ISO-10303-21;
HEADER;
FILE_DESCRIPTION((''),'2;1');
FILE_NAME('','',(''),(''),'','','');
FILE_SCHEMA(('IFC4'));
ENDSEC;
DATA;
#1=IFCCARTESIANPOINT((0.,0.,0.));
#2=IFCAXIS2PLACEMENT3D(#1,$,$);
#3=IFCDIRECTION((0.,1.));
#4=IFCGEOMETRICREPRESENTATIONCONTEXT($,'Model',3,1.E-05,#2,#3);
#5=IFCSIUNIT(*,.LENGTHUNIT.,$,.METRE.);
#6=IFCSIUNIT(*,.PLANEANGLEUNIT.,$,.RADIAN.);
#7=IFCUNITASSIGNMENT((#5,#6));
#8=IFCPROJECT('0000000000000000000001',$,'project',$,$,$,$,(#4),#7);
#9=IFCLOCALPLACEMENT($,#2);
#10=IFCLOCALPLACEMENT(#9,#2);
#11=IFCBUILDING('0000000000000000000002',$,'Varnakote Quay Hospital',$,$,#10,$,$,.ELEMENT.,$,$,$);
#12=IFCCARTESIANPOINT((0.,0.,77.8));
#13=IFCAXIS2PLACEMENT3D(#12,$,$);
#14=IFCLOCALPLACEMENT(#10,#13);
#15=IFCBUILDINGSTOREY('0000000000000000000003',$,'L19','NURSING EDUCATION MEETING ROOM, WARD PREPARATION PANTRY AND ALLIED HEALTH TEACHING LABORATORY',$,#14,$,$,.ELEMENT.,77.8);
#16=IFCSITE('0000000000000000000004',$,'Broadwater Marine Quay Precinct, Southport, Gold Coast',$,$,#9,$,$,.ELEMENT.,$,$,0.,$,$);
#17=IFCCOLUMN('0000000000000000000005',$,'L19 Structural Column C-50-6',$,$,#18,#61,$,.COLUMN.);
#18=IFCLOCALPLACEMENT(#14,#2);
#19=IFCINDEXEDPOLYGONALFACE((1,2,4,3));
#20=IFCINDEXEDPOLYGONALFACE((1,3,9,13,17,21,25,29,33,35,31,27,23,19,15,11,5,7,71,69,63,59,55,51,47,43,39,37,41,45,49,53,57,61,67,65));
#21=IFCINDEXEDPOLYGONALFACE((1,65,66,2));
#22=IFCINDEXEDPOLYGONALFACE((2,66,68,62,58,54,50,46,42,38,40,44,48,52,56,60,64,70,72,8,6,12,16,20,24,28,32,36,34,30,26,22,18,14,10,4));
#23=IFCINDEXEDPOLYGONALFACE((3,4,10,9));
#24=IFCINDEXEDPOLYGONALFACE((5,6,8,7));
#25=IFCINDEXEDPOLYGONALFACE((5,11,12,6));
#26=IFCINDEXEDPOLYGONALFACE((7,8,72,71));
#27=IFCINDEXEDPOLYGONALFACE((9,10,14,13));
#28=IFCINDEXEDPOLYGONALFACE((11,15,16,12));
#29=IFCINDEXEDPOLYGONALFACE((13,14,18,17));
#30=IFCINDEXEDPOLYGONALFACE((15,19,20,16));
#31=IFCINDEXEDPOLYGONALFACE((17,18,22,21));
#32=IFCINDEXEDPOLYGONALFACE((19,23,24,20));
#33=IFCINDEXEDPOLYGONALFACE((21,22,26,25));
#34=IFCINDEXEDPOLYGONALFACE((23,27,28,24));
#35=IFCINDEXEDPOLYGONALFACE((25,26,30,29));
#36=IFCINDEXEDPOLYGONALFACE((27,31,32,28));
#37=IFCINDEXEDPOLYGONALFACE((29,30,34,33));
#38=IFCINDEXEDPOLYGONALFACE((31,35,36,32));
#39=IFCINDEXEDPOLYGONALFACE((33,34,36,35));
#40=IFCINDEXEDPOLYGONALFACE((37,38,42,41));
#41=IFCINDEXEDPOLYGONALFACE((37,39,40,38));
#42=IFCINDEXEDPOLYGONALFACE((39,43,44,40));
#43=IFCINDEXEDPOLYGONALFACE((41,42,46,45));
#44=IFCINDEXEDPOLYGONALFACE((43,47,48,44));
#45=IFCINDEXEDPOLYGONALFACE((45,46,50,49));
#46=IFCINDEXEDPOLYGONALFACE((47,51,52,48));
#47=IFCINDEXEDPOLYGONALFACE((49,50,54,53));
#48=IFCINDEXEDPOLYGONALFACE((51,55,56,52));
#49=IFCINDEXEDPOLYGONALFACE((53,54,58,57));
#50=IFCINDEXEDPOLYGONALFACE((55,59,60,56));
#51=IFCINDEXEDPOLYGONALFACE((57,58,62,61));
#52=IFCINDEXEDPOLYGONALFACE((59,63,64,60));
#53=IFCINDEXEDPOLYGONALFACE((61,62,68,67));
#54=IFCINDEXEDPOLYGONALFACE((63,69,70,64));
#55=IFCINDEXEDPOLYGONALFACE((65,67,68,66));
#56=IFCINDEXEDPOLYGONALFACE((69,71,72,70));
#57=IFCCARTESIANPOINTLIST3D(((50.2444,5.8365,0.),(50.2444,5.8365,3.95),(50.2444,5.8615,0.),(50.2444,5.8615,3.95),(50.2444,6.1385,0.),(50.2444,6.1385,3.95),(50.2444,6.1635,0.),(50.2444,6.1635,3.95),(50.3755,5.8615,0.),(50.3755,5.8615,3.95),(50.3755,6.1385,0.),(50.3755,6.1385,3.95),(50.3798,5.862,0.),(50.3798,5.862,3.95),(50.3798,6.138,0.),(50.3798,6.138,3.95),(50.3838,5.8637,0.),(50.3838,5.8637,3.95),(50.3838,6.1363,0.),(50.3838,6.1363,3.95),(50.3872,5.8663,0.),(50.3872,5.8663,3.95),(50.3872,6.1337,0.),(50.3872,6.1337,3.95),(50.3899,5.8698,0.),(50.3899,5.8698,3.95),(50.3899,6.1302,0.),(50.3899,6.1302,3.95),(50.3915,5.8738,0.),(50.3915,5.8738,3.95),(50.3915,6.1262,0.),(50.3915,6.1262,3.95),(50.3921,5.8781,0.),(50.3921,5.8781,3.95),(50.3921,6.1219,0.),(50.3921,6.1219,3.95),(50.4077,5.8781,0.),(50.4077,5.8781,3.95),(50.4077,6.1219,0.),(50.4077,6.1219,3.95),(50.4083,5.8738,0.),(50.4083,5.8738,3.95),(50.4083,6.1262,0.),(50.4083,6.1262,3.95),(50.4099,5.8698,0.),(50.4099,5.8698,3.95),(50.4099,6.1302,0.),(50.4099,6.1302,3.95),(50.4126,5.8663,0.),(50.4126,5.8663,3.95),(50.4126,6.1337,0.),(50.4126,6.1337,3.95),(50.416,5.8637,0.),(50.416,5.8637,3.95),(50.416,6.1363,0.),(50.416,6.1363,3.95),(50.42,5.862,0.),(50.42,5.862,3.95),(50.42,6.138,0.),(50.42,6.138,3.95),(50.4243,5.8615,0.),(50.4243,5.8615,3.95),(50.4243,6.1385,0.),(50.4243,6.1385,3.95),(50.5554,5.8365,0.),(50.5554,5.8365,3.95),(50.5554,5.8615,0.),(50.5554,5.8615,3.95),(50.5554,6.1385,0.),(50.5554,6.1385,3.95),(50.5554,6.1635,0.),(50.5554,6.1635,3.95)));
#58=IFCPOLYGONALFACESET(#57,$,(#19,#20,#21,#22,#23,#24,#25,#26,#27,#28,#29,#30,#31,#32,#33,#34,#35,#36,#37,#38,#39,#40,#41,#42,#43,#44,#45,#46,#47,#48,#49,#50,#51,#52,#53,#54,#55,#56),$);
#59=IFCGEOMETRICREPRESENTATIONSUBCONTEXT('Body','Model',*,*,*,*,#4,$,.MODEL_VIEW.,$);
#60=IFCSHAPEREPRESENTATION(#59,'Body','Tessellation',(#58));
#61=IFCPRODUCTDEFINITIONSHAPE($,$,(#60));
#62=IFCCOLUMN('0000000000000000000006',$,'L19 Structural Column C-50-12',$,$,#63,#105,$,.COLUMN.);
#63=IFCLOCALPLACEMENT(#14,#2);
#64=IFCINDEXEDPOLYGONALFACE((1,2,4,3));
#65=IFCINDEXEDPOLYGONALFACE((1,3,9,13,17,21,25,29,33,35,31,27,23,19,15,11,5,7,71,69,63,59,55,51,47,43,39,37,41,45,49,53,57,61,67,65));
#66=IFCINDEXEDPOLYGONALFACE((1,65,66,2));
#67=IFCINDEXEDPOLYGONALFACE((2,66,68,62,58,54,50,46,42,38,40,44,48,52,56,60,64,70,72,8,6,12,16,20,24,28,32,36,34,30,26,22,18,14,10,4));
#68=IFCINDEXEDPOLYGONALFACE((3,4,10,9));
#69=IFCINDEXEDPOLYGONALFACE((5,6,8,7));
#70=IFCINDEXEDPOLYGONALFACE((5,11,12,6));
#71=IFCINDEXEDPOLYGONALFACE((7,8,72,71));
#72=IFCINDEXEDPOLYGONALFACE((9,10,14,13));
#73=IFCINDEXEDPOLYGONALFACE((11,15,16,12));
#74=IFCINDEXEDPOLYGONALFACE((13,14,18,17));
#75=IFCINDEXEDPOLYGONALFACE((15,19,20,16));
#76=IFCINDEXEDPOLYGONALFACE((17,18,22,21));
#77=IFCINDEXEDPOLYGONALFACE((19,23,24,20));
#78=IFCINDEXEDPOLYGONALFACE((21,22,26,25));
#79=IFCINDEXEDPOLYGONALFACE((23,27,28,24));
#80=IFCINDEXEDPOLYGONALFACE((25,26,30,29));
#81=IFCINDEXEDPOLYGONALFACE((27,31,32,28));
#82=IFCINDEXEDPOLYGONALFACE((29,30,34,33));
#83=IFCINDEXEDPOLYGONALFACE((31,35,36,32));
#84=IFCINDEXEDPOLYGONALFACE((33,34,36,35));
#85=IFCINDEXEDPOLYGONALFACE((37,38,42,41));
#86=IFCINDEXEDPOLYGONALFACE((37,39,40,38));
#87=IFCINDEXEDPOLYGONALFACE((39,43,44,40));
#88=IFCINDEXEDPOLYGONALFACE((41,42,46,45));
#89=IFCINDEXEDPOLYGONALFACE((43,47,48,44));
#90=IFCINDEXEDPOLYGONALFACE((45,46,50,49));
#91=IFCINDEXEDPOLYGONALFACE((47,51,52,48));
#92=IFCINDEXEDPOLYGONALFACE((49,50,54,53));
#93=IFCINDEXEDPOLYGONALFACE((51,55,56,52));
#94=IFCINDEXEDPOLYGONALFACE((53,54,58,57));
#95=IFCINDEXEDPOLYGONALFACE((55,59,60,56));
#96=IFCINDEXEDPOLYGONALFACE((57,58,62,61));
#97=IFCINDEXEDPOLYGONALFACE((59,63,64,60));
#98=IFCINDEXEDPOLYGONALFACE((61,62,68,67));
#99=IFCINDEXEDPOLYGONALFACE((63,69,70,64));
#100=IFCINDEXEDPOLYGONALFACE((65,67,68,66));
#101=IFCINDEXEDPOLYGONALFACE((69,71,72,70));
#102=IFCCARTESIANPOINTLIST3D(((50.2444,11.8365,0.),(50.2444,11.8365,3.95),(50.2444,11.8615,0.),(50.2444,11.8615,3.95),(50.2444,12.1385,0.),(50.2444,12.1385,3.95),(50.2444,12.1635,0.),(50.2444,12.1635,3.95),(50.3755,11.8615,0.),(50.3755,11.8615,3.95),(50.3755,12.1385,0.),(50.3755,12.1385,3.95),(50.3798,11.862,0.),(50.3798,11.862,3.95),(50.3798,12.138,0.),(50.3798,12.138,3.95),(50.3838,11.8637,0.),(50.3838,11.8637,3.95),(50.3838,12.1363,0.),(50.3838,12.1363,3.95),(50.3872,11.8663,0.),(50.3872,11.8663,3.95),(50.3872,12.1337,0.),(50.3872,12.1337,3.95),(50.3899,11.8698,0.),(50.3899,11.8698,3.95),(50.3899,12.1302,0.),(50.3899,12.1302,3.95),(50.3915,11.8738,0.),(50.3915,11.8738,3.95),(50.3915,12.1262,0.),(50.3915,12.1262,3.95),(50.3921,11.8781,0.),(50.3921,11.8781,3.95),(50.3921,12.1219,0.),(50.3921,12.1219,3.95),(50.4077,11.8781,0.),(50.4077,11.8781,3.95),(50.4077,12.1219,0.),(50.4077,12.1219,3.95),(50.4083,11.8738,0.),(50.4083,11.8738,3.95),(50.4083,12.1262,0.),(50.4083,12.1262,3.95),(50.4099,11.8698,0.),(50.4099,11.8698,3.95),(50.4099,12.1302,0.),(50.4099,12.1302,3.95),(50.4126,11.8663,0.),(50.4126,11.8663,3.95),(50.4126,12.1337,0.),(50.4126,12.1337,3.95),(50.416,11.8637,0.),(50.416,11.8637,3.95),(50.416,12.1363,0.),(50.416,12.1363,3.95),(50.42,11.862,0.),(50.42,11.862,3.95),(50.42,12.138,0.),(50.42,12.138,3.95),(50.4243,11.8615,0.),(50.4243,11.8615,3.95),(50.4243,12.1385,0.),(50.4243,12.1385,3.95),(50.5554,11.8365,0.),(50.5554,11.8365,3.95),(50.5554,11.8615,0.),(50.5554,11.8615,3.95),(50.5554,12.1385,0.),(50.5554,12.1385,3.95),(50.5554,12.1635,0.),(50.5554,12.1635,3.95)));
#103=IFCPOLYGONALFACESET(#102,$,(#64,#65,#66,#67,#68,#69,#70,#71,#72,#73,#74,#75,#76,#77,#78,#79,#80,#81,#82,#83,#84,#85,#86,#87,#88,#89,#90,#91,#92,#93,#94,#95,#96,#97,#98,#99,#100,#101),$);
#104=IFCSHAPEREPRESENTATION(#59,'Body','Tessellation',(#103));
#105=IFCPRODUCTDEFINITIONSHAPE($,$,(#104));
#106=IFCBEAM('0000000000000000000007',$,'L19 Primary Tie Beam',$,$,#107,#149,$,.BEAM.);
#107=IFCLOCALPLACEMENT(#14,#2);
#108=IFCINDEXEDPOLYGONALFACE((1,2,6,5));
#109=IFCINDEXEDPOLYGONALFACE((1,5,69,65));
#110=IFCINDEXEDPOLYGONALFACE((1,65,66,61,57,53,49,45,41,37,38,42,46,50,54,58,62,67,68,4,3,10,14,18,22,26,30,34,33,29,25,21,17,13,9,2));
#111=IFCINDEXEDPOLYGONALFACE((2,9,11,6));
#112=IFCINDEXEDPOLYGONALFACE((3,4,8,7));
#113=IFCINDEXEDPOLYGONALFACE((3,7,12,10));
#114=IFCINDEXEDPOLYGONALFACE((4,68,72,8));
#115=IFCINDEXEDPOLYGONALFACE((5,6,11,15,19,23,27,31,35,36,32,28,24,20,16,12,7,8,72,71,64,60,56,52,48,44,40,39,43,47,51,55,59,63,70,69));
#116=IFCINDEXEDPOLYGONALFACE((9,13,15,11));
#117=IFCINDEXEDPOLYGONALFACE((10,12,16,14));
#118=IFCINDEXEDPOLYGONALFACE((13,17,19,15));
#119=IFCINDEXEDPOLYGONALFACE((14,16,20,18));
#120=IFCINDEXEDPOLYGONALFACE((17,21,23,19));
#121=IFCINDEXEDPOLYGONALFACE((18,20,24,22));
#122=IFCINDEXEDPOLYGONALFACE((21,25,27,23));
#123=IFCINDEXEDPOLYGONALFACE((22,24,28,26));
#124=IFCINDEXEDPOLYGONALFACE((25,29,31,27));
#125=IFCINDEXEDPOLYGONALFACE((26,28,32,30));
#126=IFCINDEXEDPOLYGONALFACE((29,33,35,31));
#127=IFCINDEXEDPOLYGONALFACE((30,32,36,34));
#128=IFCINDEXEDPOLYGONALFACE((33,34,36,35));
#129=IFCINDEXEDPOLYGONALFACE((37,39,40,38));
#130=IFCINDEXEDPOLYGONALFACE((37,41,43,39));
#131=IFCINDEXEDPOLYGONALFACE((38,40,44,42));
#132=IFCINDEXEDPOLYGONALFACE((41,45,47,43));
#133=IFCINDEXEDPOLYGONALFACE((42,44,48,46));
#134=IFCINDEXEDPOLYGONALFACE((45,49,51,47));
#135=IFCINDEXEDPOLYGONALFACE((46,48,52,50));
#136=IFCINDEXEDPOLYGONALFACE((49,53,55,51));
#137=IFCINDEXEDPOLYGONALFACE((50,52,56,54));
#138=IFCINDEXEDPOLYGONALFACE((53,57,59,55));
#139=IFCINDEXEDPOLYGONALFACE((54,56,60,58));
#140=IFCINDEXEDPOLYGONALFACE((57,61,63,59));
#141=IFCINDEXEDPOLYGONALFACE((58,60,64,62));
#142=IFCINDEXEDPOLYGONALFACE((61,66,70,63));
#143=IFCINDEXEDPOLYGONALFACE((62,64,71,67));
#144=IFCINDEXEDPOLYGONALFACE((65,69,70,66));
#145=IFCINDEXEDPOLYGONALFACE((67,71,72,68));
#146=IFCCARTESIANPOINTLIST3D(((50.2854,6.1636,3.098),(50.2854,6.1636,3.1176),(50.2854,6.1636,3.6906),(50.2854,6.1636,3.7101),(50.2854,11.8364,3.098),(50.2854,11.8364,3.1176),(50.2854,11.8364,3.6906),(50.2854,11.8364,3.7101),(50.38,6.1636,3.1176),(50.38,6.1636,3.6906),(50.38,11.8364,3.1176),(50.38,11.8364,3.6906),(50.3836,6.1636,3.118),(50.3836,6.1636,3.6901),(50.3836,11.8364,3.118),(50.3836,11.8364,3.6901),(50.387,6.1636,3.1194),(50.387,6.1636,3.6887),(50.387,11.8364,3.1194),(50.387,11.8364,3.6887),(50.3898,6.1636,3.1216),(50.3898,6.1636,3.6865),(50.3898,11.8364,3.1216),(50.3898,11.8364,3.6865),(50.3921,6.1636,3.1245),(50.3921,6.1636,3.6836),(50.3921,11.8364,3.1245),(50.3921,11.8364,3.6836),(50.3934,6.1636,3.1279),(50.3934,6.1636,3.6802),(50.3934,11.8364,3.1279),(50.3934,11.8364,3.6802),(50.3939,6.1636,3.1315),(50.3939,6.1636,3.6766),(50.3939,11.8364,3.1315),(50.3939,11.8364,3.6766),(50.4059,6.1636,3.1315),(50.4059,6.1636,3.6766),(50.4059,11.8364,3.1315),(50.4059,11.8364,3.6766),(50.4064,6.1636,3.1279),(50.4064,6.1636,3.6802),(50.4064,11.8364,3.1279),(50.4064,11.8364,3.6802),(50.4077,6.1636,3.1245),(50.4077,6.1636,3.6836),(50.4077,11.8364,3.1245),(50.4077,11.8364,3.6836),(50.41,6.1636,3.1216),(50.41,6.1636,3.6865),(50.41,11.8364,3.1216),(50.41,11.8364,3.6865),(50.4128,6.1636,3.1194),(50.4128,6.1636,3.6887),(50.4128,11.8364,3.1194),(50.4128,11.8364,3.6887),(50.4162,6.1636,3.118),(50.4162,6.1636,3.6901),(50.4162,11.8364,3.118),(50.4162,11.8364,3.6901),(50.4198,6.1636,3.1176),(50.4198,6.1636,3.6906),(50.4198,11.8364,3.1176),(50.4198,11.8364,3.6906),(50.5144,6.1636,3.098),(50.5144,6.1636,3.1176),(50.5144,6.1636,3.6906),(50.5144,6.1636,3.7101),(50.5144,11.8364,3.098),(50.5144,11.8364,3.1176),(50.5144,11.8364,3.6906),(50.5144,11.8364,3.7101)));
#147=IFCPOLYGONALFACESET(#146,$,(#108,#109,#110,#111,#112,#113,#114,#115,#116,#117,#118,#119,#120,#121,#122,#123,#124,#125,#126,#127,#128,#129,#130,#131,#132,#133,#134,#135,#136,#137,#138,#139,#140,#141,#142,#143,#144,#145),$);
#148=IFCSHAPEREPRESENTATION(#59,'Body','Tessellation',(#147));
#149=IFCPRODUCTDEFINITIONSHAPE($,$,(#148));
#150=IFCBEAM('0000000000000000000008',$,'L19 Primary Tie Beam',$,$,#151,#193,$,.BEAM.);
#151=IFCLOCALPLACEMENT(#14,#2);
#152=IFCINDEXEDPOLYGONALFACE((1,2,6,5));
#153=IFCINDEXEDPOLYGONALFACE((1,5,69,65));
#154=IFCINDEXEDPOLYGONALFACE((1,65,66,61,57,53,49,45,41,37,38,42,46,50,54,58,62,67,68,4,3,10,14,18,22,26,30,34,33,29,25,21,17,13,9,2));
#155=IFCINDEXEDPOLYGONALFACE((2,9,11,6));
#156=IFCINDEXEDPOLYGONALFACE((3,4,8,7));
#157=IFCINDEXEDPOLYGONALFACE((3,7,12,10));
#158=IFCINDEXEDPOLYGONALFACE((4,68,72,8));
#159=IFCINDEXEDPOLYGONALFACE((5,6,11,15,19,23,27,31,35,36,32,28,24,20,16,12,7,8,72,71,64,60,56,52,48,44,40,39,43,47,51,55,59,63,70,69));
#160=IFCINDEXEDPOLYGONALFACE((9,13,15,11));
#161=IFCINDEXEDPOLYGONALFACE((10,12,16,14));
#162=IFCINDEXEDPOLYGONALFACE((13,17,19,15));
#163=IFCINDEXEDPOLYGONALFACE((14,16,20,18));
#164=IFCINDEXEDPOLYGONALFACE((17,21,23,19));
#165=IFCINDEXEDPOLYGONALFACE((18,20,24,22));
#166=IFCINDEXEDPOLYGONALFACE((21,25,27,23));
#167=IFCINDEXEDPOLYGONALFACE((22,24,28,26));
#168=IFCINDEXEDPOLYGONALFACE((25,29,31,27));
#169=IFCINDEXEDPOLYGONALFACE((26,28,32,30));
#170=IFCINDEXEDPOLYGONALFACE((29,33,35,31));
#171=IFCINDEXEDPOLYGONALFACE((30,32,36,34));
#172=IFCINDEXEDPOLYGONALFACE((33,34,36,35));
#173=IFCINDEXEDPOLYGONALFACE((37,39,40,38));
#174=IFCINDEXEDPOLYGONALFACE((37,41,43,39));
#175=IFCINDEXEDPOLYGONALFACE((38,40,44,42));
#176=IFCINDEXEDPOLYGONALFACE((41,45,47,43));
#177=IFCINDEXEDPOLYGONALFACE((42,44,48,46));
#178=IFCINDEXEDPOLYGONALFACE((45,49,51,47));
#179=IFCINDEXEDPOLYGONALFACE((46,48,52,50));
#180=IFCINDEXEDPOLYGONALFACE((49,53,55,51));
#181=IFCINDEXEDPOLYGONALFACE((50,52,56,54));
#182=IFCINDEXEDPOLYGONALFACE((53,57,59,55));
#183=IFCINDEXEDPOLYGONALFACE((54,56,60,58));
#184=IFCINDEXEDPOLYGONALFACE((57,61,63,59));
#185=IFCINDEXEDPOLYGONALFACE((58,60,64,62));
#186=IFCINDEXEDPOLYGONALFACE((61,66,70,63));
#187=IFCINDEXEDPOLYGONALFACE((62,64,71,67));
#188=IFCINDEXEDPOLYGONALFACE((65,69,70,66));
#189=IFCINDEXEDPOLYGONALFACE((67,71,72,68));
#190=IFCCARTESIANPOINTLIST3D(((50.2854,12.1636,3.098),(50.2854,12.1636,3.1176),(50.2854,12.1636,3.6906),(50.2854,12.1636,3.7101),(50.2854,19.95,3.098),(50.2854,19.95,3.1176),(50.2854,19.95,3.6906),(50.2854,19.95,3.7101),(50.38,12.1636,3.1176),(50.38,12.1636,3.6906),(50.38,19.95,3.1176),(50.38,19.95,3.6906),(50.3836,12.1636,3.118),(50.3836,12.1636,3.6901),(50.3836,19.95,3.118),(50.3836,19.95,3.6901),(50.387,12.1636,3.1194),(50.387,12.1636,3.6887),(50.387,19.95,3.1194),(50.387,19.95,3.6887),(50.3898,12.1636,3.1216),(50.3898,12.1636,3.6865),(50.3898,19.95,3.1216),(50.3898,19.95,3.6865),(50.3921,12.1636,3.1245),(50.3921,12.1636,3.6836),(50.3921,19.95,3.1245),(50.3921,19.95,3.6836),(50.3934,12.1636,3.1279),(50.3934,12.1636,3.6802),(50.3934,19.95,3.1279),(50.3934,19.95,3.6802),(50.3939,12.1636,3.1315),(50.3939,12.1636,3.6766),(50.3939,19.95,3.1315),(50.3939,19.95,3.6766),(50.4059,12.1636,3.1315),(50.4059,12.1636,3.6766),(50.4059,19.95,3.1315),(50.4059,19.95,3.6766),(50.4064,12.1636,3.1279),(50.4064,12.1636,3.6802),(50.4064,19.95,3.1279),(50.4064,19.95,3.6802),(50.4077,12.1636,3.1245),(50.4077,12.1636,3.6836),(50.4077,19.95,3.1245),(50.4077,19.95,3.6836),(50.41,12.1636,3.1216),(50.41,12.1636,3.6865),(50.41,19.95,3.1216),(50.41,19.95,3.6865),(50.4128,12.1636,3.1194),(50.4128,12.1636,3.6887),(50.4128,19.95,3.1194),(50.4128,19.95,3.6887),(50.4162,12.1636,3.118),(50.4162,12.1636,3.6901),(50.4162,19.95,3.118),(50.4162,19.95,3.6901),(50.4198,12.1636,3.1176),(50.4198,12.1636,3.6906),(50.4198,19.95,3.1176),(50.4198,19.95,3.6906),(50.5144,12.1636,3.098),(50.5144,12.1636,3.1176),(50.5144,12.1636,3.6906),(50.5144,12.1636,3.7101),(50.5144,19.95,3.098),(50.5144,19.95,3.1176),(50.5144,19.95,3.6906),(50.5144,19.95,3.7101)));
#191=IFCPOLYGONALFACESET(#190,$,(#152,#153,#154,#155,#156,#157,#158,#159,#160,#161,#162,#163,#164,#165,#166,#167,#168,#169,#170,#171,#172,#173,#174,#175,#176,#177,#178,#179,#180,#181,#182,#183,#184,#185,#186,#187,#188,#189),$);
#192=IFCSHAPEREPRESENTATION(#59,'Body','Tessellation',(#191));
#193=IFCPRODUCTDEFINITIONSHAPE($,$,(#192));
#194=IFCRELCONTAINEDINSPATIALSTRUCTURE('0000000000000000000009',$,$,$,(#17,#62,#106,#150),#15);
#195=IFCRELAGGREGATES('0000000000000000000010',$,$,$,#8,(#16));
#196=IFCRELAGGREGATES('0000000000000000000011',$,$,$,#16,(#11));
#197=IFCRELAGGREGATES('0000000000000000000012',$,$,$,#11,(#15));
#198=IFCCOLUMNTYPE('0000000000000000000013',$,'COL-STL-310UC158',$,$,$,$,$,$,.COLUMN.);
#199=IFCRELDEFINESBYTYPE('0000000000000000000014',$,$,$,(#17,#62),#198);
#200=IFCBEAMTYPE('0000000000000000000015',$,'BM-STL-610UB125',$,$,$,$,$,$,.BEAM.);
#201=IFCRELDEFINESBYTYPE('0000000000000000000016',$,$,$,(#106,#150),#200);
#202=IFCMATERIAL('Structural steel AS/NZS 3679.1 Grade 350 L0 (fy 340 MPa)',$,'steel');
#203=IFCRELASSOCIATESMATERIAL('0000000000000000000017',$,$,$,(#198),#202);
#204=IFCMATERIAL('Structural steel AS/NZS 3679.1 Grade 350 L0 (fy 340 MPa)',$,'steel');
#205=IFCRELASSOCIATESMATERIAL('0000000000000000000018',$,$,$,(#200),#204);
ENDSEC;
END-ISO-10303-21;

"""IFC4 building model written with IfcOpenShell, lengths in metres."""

from ifc_helpers import new_model, si_unit, direction, frame, origin, origin_2d, place, context, subcontext, project, spatial, i_section, extrude, material, material_profile, profile_set, type_object, element, save


model = new_model("IFC4")

# Units and contexts
model_context = context("Model", 3, precision=1e-05, world=origin(), true_north=direction((0.0, 1.0)))
body_context = subcontext(model_context, "Body", "Model", "MODEL_VIEW")
ifc_project = project(units=[si_unit("LENGTHUNIT", "METRE"), si_unit("PLANEANGLEUNIT", "RADIAN")], contexts=[model_context])

# Site, building, storey
site_placement = place(None, origin())
site = spatial("IfcSite", under=ifc_project, at=site_placement, Name="Broadwater Marine Quay Precinct, Southport, Gold Coast", CompositionType="ELEMENT", RefElevation=0.0)
building_placement = place(site_placement, origin())
building = spatial("IfcBuilding", under=site, at=building_placement, Name="Varnakote Quay Hospital", CompositionType="ELEMENT")
storey_placement = place(building_placement, frame((0.0, 0.0, 77.8)))
storey = spatial("IfcBuildingStorey", under=building, at=storey_placement, Name="L19", Description="NURSING EDUCATION MEETING ROOM, WARD PREPARATION PANTRY AND ALLIED HEALTH TEACHING LABORATORY", CompositionType="ELEMENT", Elevation=77.8)

# Columns
ifc_material_1 = material(Name="Structural steel AS/NZS 3679.1 Grade 350 L0 (fy 340 MPa)", Category="steel")
ifc_material_profile_1 = material_profile(ifc_material_1, i_section(OverallWidth=0.311, OverallDepth=0.3269, WebThickness=0.0156, FlangeThickness=0.0249, FilletRadius=0.0166, at=origin_2d()), Name="310UC158")
ifc_profile_set_1 = profile_set([ifc_material_profile_1], Name="Structural steel AS/NZS 3679.1 Grade 350 L0 (fy 340 MPa)")
column_type = type_object("IfcColumnType", Name="COL-STL-310UC158", PredefinedType="COLUMN", material=ifc_profile_set_1)
for number, where, z_axis, x_axis, name in (
    (1, (50.3999, 6.0, 0.0), (0.0, 0.0, 1.0), (1.0, 0.0, 0.0), "L19 Structural Column C-50-6"),
    (2, (50.3999, 12.0, 0.0), (0.0, 0.0, 1.0), (1.0, 0.0, 0.0), "L19 Structural Column C-50-12"),
):
    element("IfcColumn", number, at=place(storey_placement, frame(where, z_axis=z_axis, x_axis=x_axis)), inside=storey, type_object=column_type, Name=name, PredefinedType="COLUMN", context=body_context, shape_type="SweptSolid", body=[
        extrude(i_section(OverallWidth=0.311, OverallDepth=0.3269, WebThickness=0.0156, FlangeThickness=0.0249, FilletRadius=0.0166, at=origin_2d()), origin(), (0.0, 0.0, 1.0), 3.95),
    ])

# Beams
ifc_material_2 = material(Name="Structural steel AS/NZS 3679.1 Grade 350 L0 (fy 340 MPa)", Category="steel")
ifc_material_profile_2 = material_profile(ifc_material_2, i_section(OverallWidth=0.229, OverallDepth=0.6121, WebThickness=0.012, FlangeThickness=0.0195, FilletRadius=0.0139, at=origin_2d()), Name="610UB125")
ifc_profile_set_2 = profile_set([ifc_material_profile_2], Name="Structural steel AS/NZS 3679.1 Grade 350 L0 (fy 340 MPa)")
beam_type = type_object("IfcBeamType", Name="BM-STL-610UB125", PredefinedType="BEAM", material=ifc_profile_set_2)
beam_1_placement = place(storey_placement, frame((50.3999, 6.1636, 3.4041), z_axis=(0.0, 1.0, 0.0), x_axis=(-1.0, 0.0, 0.0)))
element("IfcBeam", 3, at=beam_1_placement, inside=storey, type_object=beam_type, Name="L19 Primary Tie Beam", PredefinedType="BEAM", context=body_context, shape_type="SweptSolid", body=[
    extrude(i_section(OverallWidth=0.229, OverallDepth=0.6121, WebThickness=0.012, FlangeThickness=0.0195, FilletRadius=0.0139, at=origin_2d()), origin(), (0.0, 0.0, 1.0), 5.6729),
])
beam_2_placement = place(storey_placement, frame((50.3999, 12.1636, 3.4041), z_axis=(0.0, 1.0, 0.0), x_axis=(-1.0, 0.0, 0.0)))
element("IfcBeam", 4, at=beam_2_placement, inside=storey, type_object=beam_type, Name="L19 Primary Tie Beam", PredefinedType="BEAM", context=body_context, shape_type="SweptSolid", body=[
    extrude(i_section(OverallWidth=0.229, OverallDepth=0.6121, WebThickness=0.012, FlangeThickness=0.0195, FilletRadius=0.0139, at=origin_2d()), origin(), (0.0, 0.0, 1.0), 7.7864),
])

save(model, "model.ifc")
